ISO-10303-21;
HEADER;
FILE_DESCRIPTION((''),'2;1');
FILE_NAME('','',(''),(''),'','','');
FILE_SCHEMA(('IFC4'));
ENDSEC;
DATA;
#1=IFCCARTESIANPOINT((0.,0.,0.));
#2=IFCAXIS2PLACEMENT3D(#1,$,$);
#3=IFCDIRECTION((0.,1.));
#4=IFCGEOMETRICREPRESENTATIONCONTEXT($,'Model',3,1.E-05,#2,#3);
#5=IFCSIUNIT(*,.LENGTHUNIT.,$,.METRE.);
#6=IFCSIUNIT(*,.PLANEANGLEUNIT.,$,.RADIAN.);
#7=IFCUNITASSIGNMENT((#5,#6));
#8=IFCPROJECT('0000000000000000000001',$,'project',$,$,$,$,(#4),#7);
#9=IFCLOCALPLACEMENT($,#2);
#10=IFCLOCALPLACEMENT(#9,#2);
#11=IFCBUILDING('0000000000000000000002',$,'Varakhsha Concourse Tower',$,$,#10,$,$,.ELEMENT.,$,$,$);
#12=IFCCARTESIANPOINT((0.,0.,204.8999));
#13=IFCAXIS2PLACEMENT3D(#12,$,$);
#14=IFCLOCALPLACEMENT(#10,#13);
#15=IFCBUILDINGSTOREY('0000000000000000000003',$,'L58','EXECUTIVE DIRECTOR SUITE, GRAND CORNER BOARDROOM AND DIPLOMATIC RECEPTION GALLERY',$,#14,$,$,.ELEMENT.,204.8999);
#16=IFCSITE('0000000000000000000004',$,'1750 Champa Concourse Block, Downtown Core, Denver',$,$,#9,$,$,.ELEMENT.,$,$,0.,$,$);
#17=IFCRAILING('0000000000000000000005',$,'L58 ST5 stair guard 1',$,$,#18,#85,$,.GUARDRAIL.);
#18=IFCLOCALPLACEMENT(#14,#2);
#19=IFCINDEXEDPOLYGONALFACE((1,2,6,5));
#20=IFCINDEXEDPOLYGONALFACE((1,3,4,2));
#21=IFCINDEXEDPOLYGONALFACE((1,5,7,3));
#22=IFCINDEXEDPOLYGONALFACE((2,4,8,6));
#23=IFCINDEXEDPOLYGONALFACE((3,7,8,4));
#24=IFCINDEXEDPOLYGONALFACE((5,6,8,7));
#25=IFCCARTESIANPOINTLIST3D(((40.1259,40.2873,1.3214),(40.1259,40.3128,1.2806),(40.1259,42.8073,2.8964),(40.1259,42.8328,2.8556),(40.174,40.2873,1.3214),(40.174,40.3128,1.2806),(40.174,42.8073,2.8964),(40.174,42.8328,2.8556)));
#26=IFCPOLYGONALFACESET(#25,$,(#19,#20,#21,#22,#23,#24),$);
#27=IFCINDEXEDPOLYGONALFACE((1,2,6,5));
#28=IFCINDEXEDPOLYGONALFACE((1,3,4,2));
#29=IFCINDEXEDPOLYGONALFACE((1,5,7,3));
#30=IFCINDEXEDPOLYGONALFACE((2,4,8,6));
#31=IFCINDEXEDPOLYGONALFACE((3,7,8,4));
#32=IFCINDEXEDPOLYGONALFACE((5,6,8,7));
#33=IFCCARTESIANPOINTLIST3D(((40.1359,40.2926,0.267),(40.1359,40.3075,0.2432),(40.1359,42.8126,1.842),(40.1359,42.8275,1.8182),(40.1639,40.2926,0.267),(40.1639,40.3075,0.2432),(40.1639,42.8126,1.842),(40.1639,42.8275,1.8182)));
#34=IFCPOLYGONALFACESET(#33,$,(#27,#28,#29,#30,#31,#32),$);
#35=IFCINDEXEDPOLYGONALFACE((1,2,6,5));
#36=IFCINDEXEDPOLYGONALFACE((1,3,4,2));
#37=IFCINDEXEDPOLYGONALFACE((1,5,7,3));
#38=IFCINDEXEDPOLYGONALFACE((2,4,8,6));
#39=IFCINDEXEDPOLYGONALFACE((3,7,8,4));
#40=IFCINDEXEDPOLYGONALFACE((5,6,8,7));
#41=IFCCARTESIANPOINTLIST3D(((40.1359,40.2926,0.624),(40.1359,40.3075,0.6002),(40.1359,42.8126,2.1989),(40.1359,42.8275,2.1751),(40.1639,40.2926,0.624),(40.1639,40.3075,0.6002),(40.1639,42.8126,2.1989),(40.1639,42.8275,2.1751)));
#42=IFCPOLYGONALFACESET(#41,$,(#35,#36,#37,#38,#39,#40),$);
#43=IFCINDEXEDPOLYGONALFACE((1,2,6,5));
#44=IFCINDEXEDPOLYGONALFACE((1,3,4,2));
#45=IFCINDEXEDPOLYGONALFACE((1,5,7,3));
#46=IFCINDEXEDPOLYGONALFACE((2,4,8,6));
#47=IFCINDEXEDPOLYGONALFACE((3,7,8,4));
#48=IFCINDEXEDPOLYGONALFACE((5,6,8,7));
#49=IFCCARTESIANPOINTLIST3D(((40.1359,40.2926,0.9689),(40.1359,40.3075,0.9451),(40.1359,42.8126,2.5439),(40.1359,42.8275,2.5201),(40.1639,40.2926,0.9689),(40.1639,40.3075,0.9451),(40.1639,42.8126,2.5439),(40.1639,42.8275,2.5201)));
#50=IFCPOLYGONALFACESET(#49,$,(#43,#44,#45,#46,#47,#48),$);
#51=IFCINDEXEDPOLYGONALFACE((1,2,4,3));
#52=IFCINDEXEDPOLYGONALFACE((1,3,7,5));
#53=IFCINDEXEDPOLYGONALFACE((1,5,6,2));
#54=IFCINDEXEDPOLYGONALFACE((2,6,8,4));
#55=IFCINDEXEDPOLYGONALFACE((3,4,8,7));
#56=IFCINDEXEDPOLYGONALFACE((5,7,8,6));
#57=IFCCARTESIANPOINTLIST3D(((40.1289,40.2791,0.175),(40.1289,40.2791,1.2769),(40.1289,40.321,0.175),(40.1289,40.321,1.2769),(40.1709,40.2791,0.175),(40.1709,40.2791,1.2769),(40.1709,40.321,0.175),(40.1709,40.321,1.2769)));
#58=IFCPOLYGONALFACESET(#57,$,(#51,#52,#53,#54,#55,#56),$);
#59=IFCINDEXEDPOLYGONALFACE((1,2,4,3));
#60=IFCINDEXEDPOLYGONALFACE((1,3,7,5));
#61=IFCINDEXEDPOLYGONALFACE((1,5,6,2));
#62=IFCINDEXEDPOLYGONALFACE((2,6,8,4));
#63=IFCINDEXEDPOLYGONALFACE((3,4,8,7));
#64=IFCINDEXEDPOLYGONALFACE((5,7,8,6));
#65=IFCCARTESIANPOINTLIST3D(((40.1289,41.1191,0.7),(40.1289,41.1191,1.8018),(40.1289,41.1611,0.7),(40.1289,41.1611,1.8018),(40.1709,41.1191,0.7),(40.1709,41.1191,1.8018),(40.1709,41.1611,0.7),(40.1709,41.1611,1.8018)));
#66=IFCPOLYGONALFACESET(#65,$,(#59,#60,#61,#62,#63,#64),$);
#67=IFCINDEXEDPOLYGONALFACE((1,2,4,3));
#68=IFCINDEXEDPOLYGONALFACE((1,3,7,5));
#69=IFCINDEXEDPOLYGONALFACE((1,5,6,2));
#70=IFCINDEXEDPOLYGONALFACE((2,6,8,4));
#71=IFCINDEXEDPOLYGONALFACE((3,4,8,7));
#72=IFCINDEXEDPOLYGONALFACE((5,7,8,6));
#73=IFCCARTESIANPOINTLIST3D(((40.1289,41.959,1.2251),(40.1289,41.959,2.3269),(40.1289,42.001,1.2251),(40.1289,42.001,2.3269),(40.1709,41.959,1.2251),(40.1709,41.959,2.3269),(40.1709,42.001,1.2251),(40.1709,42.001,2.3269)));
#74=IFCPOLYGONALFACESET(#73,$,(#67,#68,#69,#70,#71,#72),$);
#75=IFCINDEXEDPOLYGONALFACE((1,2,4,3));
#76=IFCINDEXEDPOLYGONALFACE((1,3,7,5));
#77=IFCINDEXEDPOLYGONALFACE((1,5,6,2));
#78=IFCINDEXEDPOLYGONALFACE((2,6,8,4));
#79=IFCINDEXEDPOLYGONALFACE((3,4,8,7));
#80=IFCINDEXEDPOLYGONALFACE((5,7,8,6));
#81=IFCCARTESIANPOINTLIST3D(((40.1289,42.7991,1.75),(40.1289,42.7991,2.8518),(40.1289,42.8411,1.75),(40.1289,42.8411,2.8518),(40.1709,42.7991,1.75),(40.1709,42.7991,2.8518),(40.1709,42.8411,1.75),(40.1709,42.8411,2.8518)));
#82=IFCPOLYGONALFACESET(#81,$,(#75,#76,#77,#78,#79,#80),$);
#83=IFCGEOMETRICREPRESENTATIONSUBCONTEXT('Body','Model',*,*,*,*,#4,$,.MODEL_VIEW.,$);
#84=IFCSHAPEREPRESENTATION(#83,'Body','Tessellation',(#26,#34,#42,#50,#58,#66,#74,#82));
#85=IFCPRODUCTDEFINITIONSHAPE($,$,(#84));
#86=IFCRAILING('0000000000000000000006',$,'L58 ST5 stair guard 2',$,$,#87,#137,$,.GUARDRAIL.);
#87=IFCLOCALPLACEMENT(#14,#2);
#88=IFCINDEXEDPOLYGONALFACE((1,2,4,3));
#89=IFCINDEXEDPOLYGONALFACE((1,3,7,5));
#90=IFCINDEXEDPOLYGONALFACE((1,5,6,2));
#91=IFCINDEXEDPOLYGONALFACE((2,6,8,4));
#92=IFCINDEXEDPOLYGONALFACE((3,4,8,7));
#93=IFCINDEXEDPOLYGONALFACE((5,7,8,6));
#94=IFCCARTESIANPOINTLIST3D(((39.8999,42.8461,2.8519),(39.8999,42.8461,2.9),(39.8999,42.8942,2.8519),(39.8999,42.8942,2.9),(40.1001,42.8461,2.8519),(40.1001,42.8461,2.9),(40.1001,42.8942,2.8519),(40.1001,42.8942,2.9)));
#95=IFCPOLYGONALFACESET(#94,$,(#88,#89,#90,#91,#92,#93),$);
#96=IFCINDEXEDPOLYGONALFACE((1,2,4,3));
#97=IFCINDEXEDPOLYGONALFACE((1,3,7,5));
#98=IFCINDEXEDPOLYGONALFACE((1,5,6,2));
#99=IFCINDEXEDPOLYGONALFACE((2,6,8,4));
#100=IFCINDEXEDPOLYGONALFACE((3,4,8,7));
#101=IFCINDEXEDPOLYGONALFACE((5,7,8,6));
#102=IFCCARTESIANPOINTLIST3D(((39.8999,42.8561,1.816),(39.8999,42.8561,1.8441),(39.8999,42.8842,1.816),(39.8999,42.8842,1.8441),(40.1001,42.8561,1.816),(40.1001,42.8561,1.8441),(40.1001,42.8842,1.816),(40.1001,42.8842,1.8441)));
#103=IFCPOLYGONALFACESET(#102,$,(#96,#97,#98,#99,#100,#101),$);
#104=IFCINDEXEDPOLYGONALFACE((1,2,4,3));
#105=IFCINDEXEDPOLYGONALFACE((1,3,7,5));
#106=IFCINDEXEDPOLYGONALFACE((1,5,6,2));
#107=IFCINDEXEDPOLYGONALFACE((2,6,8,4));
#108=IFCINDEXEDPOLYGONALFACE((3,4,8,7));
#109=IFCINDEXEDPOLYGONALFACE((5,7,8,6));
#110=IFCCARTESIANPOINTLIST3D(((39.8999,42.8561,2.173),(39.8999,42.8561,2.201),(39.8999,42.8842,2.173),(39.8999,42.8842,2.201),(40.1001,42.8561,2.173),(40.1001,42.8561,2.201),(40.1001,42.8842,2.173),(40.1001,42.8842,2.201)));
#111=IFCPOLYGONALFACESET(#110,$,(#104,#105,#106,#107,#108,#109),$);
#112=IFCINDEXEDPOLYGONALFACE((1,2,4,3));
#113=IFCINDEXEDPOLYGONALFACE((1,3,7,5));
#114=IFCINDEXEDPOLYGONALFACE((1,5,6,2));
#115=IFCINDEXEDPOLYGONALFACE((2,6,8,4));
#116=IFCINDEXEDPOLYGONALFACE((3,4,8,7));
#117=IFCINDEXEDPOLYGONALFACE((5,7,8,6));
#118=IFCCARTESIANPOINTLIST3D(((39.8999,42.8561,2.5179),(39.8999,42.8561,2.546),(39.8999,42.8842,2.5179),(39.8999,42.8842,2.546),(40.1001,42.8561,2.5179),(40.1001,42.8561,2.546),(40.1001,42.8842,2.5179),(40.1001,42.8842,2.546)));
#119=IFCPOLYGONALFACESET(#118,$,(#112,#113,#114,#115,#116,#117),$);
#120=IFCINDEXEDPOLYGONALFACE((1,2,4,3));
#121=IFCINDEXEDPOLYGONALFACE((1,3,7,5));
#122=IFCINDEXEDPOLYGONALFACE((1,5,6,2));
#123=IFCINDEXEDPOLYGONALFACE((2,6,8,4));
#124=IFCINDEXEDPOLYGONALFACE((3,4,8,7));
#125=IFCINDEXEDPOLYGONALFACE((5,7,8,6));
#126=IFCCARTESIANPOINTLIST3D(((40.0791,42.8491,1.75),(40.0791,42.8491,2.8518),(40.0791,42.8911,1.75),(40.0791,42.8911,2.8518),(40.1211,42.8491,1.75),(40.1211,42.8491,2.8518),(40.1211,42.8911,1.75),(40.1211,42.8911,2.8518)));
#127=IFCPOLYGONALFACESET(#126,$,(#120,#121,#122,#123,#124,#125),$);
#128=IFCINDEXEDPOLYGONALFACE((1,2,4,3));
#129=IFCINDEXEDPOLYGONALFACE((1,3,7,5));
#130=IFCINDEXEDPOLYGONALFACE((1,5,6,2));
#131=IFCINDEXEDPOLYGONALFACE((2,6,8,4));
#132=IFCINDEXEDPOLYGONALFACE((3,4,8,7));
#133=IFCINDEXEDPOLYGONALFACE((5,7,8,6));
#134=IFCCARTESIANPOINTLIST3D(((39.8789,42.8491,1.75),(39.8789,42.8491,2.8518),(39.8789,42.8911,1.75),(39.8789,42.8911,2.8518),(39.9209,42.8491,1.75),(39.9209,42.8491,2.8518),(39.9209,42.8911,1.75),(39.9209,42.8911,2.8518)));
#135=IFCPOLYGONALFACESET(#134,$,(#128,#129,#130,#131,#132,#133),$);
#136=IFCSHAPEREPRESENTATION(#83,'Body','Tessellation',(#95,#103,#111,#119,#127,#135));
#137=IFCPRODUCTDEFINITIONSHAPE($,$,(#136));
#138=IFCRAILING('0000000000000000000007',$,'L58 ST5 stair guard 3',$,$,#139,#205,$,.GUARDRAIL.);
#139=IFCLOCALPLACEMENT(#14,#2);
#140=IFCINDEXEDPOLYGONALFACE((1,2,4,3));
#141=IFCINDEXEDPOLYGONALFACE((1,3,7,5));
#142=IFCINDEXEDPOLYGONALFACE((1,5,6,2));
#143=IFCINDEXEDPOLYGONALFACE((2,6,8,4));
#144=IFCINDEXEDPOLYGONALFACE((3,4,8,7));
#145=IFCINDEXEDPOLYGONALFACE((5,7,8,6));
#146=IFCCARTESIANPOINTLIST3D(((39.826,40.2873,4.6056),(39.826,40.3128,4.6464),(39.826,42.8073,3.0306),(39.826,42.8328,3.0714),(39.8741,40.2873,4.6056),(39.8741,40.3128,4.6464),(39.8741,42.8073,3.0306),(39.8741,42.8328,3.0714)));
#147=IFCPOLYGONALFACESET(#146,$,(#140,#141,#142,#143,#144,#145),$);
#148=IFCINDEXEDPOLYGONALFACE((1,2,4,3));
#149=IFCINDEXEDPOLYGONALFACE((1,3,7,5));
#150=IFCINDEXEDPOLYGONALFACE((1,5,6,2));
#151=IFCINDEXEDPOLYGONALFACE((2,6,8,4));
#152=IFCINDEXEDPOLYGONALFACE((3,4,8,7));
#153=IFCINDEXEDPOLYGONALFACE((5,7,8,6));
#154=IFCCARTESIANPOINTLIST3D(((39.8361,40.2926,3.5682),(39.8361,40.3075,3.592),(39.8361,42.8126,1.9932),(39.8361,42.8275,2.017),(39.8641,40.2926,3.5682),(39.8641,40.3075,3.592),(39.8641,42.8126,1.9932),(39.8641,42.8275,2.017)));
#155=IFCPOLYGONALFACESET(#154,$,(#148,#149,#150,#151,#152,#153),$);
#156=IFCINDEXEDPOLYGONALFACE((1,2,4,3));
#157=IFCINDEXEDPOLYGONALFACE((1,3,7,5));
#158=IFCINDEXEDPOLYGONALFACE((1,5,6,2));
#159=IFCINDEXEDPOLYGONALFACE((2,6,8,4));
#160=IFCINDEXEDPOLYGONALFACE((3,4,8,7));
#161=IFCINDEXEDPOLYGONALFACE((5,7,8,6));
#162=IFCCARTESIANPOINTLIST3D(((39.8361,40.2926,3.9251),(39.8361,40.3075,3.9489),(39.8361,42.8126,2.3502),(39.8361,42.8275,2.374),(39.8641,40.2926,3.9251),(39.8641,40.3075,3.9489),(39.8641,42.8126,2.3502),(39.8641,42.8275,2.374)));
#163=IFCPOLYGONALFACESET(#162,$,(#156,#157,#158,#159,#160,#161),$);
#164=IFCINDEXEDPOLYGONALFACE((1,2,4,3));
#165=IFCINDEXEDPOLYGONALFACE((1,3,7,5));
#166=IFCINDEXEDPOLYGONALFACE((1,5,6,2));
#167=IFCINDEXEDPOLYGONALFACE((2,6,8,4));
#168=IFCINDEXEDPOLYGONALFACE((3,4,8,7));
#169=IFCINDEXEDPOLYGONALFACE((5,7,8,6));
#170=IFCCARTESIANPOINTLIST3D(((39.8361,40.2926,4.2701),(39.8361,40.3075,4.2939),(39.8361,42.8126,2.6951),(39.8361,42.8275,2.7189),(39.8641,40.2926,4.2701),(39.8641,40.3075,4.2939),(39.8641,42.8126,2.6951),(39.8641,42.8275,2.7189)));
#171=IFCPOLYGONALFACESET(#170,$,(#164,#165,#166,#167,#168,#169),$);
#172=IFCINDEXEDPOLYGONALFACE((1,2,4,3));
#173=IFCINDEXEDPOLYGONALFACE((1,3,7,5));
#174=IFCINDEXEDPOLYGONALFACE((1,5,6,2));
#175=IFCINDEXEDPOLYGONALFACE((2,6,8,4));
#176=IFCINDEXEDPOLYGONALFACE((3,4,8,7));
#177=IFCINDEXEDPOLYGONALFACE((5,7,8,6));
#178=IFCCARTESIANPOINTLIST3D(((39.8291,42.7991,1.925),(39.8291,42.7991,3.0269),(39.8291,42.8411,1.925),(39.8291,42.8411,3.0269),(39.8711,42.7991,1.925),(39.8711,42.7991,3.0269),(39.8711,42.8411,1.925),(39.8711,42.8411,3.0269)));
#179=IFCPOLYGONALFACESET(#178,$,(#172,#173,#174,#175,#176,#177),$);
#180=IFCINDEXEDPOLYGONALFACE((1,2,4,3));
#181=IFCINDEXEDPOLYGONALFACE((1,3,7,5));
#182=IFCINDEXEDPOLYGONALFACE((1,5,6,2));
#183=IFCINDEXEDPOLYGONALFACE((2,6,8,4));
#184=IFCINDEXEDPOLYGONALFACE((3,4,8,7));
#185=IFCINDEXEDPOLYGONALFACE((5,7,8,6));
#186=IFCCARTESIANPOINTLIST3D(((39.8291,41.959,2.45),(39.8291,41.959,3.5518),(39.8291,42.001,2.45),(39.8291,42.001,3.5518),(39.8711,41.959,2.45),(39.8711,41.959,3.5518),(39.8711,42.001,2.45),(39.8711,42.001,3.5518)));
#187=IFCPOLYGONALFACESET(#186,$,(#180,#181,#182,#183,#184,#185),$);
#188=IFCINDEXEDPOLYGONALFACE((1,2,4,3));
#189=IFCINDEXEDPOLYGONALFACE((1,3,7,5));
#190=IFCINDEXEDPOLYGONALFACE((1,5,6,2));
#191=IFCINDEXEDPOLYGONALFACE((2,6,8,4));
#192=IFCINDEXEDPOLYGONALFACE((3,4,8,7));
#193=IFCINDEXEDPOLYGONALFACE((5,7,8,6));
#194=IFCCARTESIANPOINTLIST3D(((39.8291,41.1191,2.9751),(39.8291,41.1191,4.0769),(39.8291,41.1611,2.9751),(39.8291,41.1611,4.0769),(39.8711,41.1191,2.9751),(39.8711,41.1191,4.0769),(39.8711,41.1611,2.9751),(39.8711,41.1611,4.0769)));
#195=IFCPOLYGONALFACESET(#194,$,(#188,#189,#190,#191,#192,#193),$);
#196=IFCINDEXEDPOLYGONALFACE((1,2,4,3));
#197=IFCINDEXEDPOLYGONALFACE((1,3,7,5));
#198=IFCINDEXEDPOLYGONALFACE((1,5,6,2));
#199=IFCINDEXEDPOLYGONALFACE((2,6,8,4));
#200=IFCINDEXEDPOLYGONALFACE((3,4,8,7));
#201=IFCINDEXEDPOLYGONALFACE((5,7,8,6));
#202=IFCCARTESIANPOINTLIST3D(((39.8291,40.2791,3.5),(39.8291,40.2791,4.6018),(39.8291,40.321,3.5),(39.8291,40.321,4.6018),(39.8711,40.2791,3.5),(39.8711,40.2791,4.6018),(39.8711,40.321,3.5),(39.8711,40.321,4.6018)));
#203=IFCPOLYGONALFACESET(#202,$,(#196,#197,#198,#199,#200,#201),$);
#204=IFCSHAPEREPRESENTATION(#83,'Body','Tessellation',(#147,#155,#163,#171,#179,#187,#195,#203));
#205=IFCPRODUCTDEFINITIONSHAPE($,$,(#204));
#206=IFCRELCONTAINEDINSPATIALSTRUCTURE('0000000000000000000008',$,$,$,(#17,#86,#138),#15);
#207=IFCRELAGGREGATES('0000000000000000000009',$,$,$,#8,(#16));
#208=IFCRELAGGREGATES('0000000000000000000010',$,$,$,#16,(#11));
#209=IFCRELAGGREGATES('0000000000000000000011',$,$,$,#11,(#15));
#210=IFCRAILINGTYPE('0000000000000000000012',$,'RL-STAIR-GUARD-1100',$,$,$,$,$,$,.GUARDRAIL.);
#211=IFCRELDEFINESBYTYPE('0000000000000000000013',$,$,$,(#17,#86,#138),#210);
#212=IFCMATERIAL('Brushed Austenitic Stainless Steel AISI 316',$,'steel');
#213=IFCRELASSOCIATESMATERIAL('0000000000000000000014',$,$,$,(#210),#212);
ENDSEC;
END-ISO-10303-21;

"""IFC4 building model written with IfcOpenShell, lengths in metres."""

from ifc_helpers import new_model, si_unit, direction, frame, origin, origin_2d, place, context, subcontext, project, spatial, rectangle, extrude, material, type_object, element, save


model = new_model("IFC4")

# Units and contexts
model_context = context("Model", 3, precision=1e-05, world=origin(), true_north=direction((0.0, 1.0)))
body_context = subcontext(model_context, "Body", "Model", "MODEL_VIEW")
ifc_project = project(units=[si_unit("LENGTHUNIT", "METRE"), si_unit("PLANEANGLEUNIT", "RADIAN")], contexts=[model_context])

# Site, building, storey
site_placement = place(None, origin())
site = spatial("IfcSite", under=ifc_project, at=site_placement, Name="1750 Champa Concourse Block, Downtown Core, Denver", CompositionType="ELEMENT", RefElevation=0.0)
building_placement = place(site_placement, origin())
building = spatial("IfcBuilding", under=site, at=building_placement, Name="Varakhsha Concourse Tower", CompositionType="ELEMENT")
storey_placement = place(building_placement, frame((0.0, 0.0, 204.8999)))
storey = spatial("IfcBuildingStorey", under=building, at=storey_placement, Name="L58", Description="EXECUTIVE DIRECTOR SUITE, GRAND CORNER BOARDROOM AND DIPLOMATIC RECEPTION GALLERY", CompositionType="ELEMENT", Elevation=204.8999)

# Railings
ifc_material_1 = material(Name="Brushed Austenitic Stainless Steel AISI 316", Category="steel")
railing_type_1 = type_object("IfcRailingType", Name="RL-STAIR-GUARD-1100", PredefinedType="GUARDRAIL", material=ifc_material_1)
railing_1_placement = place(storey_placement, frame((40.1499, 40.3, 0.175)))
element("IfcRailing", 1, at=railing_1_placement, inside=storey, type_object=railing_type_1, Name="L58 ST5 stair guard 1", PredefinedType="GUARDRAIL", context=body_context, shape_type="SweptSolid", body=[
    extrude(rectangle(XDim=0.0481, YDim=0.0481, at=origin_2d()), frame((0.0, 0.0, 1.126), z_axis=(0.0, 0.848008, 0.529984), x_axis=(-1.0, 0.0, 0.0)), (0.0, 0.0, 1.0), 2.9717),
    extrude(rectangle(XDim=0.0281, YDim=0.0281, at=origin_2d()), frame((0.0, 0.0, 0.0801), z_axis=(0.0, 0.848008, 0.529984), x_axis=(-1.0, 0.0, 0.0)), (0.0, 0.0, 1.0), 2.9717),
    extrude(rectangle(XDim=0.0281, YDim=0.0281, at=origin_2d()), frame((0.0, 0.0, 0.437), z_axis=(0.0, 0.848008, 0.529984), x_axis=(-1.0, 0.0, 0.0)), (0.0, 0.0, 1.0), 2.9717),
    extrude(rectangle(XDim=0.0281, YDim=0.0281, at=origin_2d()), frame((0.0, 0.0, 0.782), z_axis=(0.0, 0.848008, 0.529984), x_axis=(-1.0, 0.0, 0.0)), (0.0, 0.0, 1.0), 2.9717),
    extrude(rectangle(XDim=0.042, YDim=0.042, at=origin_2d()), origin(), (0.0, 0.0, 1.0), 1.1018),
    extrude(rectangle(XDim=0.042, YDim=0.042, at=origin_2d()), frame((0.0, 0.8401, 0.5249)), (0.0, 0.0, 1.0), 1.1018),
    extrude(rectangle(XDim=0.042, YDim=0.042, at=origin_2d()), frame((0.0, 1.6799, 1.05)), (0.0, 0.0, 1.0), 1.1018),
    extrude(rectangle(XDim=0.042, YDim=0.042, at=origin_2d()), frame((0.0, 2.52, 1.575)), (0.0, 0.0, 1.0), 1.1018),
])
railing_2_placement = place(storey_placement, frame((40.1001, 42.8701, 1.75)))
element("IfcRailing", 2, at=railing_2_placement, inside=storey, type_object=railing_type_1, Name="L58 ST5 stair guard 2", PredefinedType="GUARDRAIL", context=body_context, shape_type="SweptSolid", body=[
    extrude(rectangle(XDim=0.0481, YDim=0.0481, at=origin_2d()), frame((0.0, 0.0, 1.126), z_axis=(-1.0, 0.0, 0.0), x_axis=(0.0, -1.0, 0.0)), (0.0, 0.0, 1.0), 0.2002),
    extrude(rectangle(XDim=0.0281, YDim=0.0281, at=origin_2d()), frame((0.0, 0.0, 0.0801), z_axis=(-1.0, 0.0, 0.0), x_axis=(0.0, -1.0, 0.0)), (0.0, 0.0, 1.0), 0.2002),
    extrude(rectangle(XDim=0.0281, YDim=0.0281, at=origin_2d()), frame((0.0, 0.0, 0.437), z_axis=(-1.0, 0.0, 0.0), x_axis=(0.0, -1.0, 0.0)), (0.0, 0.0, 1.0), 0.2002),
    extrude(rectangle(XDim=0.0281, YDim=0.0281, at=origin_2d()), frame((0.0, 0.0, 0.782), z_axis=(-1.0, 0.0, 0.0), x_axis=(0.0, -1.0, 0.0)), (0.0, 0.0, 1.0), 0.2002),
    extrude(rectangle(XDim=0.042, YDim=0.042, at=origin_2d()), origin(), (0.0, 0.0, 1.0), 1.1018),
    extrude(rectangle(XDim=0.042, YDim=0.042, at=origin_2d()), frame((-0.2002, 0.0, 0.0)), (0.0, 0.0, 1.0), 1.1018),
])
railing_3_placement = place(storey_placement, frame((39.8501, 42.8201, 1.925)))
element("IfcRailing", 3, at=railing_3_placement, inside=storey, type_object=railing_type_1, Name="L58 ST5 stair guard 3", PredefinedType="GUARDRAIL", context=body_context, shape_type="SweptSolid", body=[
    extrude(rectangle(XDim=0.0481, YDim=0.0481, at=origin_2d()), frame((0.0, 0.0, 1.126), z_axis=(0.0, -0.848008, 0.529984), x_axis=(1.0, 0.0, 0.0)), (0.0, 0.0, 1.0), 2.9717),
    extrude(rectangle(XDim=0.0281, YDim=0.0281, at=origin_2d()), frame((0.0, 0.0, 0.0801), z_axis=(0.0, -0.848008, 0.529984), x_axis=(1.0, 0.0, 0.0)), (0.0, 0.0, 1.0), 2.9717),
    extrude(rectangle(XDim=0.0281, YDim=0.0281, at=origin_2d()), frame((0.0, 0.0, 0.437), z_axis=(0.0, -0.848008, 0.529984), x_axis=(1.0, 0.0, 0.0)), (0.0, 0.0, 1.0), 2.9717),
    extrude(rectangle(XDim=0.0281, YDim=0.0281, at=origin_2d()), frame((0.0, 0.0, 0.782), z_axis=(0.0, -0.848008, 0.529984), x_axis=(1.0, 0.0, 0.0)), (0.0, 0.0, 1.0), 2.9717),
    extrude(rectangle(XDim=0.042, YDim=0.042, at=origin_2d()), origin(), (0.0, 0.0, 1.0), 1.1018),
    extrude(rectangle(XDim=0.042, YDim=0.042, at=origin_2d()), frame((0.0, -0.8401, 0.5249)), (0.0, 0.0, 1.0), 1.1018),
    extrude(rectangle(XDim=0.042, YDim=0.042, at=origin_2d()), frame((0.0, -1.6799, 1.05)), (0.0, 0.0, 1.0), 1.1018),
    extrude(rectangle(XDim=0.042, YDim=0.042, at=origin_2d()), frame((0.0, -2.52, 1.575)), (0.0, 0.0, 1.0), 1.1018),
])

save(model, "model.ifc")
